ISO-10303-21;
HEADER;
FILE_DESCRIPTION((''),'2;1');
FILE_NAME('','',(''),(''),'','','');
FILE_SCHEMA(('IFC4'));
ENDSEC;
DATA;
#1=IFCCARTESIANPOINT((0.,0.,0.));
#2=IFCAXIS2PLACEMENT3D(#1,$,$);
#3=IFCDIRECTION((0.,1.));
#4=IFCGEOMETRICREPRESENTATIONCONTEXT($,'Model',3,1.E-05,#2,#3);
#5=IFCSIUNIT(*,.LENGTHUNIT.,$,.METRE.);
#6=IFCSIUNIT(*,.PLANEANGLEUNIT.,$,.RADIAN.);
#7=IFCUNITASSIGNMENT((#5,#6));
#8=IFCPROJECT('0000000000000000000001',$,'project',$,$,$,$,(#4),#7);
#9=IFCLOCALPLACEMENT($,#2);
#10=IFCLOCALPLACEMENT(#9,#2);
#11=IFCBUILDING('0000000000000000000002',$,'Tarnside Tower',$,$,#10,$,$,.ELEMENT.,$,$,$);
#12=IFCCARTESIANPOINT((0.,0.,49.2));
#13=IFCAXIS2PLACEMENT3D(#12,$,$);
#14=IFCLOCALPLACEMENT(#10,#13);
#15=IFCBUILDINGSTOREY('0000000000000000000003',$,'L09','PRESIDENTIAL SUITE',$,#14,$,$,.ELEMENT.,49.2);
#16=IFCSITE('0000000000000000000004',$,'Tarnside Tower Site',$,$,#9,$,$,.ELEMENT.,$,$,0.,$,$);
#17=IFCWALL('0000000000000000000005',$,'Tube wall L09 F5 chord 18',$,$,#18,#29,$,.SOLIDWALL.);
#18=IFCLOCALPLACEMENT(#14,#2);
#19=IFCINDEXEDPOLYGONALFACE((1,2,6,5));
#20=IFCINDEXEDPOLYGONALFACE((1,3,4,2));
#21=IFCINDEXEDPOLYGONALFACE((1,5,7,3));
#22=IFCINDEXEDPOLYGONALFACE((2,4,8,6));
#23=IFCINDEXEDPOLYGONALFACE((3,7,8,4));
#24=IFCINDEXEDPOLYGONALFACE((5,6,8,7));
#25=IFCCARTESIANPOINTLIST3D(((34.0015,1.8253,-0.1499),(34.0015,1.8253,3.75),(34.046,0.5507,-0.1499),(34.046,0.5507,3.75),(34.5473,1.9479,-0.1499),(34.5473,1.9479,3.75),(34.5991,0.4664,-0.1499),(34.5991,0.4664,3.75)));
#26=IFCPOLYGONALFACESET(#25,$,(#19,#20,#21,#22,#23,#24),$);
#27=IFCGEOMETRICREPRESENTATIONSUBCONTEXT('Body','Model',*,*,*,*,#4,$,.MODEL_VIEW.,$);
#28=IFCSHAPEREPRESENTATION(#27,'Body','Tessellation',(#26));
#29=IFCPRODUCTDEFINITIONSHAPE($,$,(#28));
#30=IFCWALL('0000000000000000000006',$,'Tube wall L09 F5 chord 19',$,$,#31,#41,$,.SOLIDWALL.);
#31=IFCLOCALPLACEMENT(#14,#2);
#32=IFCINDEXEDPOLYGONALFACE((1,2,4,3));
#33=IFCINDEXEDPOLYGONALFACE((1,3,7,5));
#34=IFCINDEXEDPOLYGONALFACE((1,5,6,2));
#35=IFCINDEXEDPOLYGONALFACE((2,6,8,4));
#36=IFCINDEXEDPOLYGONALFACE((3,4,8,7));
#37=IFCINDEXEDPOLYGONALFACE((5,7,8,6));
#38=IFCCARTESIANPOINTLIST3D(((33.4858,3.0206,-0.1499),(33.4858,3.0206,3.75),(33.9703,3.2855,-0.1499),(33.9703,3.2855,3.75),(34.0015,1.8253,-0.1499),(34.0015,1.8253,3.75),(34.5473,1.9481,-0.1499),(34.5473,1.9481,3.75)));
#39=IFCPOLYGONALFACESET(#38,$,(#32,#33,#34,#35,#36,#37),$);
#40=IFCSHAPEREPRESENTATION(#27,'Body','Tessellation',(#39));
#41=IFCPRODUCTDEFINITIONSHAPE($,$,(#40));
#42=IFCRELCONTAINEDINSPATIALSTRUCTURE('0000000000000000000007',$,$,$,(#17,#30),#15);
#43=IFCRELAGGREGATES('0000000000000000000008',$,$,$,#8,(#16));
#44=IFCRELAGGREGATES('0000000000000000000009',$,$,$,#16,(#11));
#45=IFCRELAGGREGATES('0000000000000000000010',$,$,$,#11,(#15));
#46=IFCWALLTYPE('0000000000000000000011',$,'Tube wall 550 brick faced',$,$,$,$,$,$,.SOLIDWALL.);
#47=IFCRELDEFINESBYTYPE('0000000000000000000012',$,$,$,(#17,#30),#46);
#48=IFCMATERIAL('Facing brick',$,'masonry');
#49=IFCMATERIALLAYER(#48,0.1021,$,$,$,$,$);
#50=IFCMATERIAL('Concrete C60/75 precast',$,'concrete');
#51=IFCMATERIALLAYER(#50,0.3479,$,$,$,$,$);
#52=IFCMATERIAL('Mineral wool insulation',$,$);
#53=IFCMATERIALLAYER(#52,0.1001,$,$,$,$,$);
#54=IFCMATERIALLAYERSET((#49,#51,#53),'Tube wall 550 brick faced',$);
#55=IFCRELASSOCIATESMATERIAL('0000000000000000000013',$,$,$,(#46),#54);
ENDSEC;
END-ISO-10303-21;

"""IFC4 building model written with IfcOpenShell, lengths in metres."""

from ifc_helpers import new_model, si_unit, direction, frame, origin, place, context, subcontext, project, spatial, polyline, outline, extrude, material, layer, layer_set, type_object, element, save


model = new_model("IFC4")

# Units and contexts
model_context = context("Model", 3, precision=1e-05, world=origin(), true_north=direction((0.0, 1.0)))
body_context = subcontext(model_context, "Body", "Model", "MODEL_VIEW")
ifc_project = project(units=[si_unit("LENGTHUNIT", "METRE"), si_unit("PLANEANGLEUNIT", "RADIAN")], contexts=[model_context])

# Site, building, storey
site_placement = place(None, origin())
site = spatial("IfcSite", under=ifc_project, at=site_placement, Name="Tarnside Tower Site", CompositionType="ELEMENT", RefElevation=0.0)
building_placement = place(site_placement, origin())
building = spatial("IfcBuilding", under=site, at=building_placement, Name="Tarnside Tower", CompositionType="ELEMENT")
storey_placement = place(building_placement, frame((0.0, 0.0, 49.2)))
storey = spatial("IfcBuildingStorey", under=building, at=storey_placement, Name="L09", Description="PRESIDENTIAL SUITE", CompositionType="ELEMENT", Elevation=49.2)

# Walls
ifc_material_1 = material(Name="Facing brick", Category="masonry")
ifc_layer_1 = layer(ifc_material_1, 0.1021)
ifc_material_2 = material(Name="Concrete C60/75 precast", Category="concrete")
ifc_layer_2 = layer(ifc_material_2, 0.3479)
ifc_material_3 = material(Name="Mineral wool insulation")
ifc_layer_3 = layer(ifc_material_3, 0.1001)
ifc_layer_set_1 = layer_set([ifc_layer_1, ifc_layer_2, ifc_layer_3], Name="Tube wall 550 brick faced")
wall_type_1 = type_object("IfcWallType", Name="Tube wall 550 brick faced", PredefinedType="SOLIDWALL", material=ifc_layer_set_1)
wall_1_placement = place(storey_placement, frame((34.3225, 0.5085, -0.1499), z_axis=(0.0, 0.0, 1.0), x_axis=(-0.034877, 0.999392, 0.0)))
element("IfcWall", 1, at=wall_1_placement, inside=storey, type_object=wall_type_1, Name="Tube wall L09 F5 chord 18", PredefinedType="SOLIDWALL", context=body_context, shape_type="SweptSolid", body=[
    extrude(outline(polyline([(-0.0518, -0.2749), (1.4307, -0.2749), (1.3271, 0.2749), (0.0518, 0.2749), (-0.0518, -0.2749)])), origin(), (0.0, 0.0, 1.0), 3.8999),
])
wall_2_placement = place(storey_placement, frame((34.2744, 1.8867, -0.1499), z_axis=(0.0, 0.0, 1.0), x_axis=(-0.396161, 0.918181, 0.0)))
element("IfcWall", 2, at=wall_2_placement, inside=storey, type_object=wall_type_1, Name="Tube wall L09 F5 chord 19", PredefinedType="SOLIDWALL", context=body_context, shape_type="SweptSolid", body=[
    extrude(outline(polyline([(-0.0518, -0.2749), (1.4048, -0.2749), (1.3535, 0.2749), (0.0518, 0.2749), (-0.0518, -0.2749)])), origin(), (0.0, 0.0, 1.0), 3.8999),
])

save(model, "model.ifc")
